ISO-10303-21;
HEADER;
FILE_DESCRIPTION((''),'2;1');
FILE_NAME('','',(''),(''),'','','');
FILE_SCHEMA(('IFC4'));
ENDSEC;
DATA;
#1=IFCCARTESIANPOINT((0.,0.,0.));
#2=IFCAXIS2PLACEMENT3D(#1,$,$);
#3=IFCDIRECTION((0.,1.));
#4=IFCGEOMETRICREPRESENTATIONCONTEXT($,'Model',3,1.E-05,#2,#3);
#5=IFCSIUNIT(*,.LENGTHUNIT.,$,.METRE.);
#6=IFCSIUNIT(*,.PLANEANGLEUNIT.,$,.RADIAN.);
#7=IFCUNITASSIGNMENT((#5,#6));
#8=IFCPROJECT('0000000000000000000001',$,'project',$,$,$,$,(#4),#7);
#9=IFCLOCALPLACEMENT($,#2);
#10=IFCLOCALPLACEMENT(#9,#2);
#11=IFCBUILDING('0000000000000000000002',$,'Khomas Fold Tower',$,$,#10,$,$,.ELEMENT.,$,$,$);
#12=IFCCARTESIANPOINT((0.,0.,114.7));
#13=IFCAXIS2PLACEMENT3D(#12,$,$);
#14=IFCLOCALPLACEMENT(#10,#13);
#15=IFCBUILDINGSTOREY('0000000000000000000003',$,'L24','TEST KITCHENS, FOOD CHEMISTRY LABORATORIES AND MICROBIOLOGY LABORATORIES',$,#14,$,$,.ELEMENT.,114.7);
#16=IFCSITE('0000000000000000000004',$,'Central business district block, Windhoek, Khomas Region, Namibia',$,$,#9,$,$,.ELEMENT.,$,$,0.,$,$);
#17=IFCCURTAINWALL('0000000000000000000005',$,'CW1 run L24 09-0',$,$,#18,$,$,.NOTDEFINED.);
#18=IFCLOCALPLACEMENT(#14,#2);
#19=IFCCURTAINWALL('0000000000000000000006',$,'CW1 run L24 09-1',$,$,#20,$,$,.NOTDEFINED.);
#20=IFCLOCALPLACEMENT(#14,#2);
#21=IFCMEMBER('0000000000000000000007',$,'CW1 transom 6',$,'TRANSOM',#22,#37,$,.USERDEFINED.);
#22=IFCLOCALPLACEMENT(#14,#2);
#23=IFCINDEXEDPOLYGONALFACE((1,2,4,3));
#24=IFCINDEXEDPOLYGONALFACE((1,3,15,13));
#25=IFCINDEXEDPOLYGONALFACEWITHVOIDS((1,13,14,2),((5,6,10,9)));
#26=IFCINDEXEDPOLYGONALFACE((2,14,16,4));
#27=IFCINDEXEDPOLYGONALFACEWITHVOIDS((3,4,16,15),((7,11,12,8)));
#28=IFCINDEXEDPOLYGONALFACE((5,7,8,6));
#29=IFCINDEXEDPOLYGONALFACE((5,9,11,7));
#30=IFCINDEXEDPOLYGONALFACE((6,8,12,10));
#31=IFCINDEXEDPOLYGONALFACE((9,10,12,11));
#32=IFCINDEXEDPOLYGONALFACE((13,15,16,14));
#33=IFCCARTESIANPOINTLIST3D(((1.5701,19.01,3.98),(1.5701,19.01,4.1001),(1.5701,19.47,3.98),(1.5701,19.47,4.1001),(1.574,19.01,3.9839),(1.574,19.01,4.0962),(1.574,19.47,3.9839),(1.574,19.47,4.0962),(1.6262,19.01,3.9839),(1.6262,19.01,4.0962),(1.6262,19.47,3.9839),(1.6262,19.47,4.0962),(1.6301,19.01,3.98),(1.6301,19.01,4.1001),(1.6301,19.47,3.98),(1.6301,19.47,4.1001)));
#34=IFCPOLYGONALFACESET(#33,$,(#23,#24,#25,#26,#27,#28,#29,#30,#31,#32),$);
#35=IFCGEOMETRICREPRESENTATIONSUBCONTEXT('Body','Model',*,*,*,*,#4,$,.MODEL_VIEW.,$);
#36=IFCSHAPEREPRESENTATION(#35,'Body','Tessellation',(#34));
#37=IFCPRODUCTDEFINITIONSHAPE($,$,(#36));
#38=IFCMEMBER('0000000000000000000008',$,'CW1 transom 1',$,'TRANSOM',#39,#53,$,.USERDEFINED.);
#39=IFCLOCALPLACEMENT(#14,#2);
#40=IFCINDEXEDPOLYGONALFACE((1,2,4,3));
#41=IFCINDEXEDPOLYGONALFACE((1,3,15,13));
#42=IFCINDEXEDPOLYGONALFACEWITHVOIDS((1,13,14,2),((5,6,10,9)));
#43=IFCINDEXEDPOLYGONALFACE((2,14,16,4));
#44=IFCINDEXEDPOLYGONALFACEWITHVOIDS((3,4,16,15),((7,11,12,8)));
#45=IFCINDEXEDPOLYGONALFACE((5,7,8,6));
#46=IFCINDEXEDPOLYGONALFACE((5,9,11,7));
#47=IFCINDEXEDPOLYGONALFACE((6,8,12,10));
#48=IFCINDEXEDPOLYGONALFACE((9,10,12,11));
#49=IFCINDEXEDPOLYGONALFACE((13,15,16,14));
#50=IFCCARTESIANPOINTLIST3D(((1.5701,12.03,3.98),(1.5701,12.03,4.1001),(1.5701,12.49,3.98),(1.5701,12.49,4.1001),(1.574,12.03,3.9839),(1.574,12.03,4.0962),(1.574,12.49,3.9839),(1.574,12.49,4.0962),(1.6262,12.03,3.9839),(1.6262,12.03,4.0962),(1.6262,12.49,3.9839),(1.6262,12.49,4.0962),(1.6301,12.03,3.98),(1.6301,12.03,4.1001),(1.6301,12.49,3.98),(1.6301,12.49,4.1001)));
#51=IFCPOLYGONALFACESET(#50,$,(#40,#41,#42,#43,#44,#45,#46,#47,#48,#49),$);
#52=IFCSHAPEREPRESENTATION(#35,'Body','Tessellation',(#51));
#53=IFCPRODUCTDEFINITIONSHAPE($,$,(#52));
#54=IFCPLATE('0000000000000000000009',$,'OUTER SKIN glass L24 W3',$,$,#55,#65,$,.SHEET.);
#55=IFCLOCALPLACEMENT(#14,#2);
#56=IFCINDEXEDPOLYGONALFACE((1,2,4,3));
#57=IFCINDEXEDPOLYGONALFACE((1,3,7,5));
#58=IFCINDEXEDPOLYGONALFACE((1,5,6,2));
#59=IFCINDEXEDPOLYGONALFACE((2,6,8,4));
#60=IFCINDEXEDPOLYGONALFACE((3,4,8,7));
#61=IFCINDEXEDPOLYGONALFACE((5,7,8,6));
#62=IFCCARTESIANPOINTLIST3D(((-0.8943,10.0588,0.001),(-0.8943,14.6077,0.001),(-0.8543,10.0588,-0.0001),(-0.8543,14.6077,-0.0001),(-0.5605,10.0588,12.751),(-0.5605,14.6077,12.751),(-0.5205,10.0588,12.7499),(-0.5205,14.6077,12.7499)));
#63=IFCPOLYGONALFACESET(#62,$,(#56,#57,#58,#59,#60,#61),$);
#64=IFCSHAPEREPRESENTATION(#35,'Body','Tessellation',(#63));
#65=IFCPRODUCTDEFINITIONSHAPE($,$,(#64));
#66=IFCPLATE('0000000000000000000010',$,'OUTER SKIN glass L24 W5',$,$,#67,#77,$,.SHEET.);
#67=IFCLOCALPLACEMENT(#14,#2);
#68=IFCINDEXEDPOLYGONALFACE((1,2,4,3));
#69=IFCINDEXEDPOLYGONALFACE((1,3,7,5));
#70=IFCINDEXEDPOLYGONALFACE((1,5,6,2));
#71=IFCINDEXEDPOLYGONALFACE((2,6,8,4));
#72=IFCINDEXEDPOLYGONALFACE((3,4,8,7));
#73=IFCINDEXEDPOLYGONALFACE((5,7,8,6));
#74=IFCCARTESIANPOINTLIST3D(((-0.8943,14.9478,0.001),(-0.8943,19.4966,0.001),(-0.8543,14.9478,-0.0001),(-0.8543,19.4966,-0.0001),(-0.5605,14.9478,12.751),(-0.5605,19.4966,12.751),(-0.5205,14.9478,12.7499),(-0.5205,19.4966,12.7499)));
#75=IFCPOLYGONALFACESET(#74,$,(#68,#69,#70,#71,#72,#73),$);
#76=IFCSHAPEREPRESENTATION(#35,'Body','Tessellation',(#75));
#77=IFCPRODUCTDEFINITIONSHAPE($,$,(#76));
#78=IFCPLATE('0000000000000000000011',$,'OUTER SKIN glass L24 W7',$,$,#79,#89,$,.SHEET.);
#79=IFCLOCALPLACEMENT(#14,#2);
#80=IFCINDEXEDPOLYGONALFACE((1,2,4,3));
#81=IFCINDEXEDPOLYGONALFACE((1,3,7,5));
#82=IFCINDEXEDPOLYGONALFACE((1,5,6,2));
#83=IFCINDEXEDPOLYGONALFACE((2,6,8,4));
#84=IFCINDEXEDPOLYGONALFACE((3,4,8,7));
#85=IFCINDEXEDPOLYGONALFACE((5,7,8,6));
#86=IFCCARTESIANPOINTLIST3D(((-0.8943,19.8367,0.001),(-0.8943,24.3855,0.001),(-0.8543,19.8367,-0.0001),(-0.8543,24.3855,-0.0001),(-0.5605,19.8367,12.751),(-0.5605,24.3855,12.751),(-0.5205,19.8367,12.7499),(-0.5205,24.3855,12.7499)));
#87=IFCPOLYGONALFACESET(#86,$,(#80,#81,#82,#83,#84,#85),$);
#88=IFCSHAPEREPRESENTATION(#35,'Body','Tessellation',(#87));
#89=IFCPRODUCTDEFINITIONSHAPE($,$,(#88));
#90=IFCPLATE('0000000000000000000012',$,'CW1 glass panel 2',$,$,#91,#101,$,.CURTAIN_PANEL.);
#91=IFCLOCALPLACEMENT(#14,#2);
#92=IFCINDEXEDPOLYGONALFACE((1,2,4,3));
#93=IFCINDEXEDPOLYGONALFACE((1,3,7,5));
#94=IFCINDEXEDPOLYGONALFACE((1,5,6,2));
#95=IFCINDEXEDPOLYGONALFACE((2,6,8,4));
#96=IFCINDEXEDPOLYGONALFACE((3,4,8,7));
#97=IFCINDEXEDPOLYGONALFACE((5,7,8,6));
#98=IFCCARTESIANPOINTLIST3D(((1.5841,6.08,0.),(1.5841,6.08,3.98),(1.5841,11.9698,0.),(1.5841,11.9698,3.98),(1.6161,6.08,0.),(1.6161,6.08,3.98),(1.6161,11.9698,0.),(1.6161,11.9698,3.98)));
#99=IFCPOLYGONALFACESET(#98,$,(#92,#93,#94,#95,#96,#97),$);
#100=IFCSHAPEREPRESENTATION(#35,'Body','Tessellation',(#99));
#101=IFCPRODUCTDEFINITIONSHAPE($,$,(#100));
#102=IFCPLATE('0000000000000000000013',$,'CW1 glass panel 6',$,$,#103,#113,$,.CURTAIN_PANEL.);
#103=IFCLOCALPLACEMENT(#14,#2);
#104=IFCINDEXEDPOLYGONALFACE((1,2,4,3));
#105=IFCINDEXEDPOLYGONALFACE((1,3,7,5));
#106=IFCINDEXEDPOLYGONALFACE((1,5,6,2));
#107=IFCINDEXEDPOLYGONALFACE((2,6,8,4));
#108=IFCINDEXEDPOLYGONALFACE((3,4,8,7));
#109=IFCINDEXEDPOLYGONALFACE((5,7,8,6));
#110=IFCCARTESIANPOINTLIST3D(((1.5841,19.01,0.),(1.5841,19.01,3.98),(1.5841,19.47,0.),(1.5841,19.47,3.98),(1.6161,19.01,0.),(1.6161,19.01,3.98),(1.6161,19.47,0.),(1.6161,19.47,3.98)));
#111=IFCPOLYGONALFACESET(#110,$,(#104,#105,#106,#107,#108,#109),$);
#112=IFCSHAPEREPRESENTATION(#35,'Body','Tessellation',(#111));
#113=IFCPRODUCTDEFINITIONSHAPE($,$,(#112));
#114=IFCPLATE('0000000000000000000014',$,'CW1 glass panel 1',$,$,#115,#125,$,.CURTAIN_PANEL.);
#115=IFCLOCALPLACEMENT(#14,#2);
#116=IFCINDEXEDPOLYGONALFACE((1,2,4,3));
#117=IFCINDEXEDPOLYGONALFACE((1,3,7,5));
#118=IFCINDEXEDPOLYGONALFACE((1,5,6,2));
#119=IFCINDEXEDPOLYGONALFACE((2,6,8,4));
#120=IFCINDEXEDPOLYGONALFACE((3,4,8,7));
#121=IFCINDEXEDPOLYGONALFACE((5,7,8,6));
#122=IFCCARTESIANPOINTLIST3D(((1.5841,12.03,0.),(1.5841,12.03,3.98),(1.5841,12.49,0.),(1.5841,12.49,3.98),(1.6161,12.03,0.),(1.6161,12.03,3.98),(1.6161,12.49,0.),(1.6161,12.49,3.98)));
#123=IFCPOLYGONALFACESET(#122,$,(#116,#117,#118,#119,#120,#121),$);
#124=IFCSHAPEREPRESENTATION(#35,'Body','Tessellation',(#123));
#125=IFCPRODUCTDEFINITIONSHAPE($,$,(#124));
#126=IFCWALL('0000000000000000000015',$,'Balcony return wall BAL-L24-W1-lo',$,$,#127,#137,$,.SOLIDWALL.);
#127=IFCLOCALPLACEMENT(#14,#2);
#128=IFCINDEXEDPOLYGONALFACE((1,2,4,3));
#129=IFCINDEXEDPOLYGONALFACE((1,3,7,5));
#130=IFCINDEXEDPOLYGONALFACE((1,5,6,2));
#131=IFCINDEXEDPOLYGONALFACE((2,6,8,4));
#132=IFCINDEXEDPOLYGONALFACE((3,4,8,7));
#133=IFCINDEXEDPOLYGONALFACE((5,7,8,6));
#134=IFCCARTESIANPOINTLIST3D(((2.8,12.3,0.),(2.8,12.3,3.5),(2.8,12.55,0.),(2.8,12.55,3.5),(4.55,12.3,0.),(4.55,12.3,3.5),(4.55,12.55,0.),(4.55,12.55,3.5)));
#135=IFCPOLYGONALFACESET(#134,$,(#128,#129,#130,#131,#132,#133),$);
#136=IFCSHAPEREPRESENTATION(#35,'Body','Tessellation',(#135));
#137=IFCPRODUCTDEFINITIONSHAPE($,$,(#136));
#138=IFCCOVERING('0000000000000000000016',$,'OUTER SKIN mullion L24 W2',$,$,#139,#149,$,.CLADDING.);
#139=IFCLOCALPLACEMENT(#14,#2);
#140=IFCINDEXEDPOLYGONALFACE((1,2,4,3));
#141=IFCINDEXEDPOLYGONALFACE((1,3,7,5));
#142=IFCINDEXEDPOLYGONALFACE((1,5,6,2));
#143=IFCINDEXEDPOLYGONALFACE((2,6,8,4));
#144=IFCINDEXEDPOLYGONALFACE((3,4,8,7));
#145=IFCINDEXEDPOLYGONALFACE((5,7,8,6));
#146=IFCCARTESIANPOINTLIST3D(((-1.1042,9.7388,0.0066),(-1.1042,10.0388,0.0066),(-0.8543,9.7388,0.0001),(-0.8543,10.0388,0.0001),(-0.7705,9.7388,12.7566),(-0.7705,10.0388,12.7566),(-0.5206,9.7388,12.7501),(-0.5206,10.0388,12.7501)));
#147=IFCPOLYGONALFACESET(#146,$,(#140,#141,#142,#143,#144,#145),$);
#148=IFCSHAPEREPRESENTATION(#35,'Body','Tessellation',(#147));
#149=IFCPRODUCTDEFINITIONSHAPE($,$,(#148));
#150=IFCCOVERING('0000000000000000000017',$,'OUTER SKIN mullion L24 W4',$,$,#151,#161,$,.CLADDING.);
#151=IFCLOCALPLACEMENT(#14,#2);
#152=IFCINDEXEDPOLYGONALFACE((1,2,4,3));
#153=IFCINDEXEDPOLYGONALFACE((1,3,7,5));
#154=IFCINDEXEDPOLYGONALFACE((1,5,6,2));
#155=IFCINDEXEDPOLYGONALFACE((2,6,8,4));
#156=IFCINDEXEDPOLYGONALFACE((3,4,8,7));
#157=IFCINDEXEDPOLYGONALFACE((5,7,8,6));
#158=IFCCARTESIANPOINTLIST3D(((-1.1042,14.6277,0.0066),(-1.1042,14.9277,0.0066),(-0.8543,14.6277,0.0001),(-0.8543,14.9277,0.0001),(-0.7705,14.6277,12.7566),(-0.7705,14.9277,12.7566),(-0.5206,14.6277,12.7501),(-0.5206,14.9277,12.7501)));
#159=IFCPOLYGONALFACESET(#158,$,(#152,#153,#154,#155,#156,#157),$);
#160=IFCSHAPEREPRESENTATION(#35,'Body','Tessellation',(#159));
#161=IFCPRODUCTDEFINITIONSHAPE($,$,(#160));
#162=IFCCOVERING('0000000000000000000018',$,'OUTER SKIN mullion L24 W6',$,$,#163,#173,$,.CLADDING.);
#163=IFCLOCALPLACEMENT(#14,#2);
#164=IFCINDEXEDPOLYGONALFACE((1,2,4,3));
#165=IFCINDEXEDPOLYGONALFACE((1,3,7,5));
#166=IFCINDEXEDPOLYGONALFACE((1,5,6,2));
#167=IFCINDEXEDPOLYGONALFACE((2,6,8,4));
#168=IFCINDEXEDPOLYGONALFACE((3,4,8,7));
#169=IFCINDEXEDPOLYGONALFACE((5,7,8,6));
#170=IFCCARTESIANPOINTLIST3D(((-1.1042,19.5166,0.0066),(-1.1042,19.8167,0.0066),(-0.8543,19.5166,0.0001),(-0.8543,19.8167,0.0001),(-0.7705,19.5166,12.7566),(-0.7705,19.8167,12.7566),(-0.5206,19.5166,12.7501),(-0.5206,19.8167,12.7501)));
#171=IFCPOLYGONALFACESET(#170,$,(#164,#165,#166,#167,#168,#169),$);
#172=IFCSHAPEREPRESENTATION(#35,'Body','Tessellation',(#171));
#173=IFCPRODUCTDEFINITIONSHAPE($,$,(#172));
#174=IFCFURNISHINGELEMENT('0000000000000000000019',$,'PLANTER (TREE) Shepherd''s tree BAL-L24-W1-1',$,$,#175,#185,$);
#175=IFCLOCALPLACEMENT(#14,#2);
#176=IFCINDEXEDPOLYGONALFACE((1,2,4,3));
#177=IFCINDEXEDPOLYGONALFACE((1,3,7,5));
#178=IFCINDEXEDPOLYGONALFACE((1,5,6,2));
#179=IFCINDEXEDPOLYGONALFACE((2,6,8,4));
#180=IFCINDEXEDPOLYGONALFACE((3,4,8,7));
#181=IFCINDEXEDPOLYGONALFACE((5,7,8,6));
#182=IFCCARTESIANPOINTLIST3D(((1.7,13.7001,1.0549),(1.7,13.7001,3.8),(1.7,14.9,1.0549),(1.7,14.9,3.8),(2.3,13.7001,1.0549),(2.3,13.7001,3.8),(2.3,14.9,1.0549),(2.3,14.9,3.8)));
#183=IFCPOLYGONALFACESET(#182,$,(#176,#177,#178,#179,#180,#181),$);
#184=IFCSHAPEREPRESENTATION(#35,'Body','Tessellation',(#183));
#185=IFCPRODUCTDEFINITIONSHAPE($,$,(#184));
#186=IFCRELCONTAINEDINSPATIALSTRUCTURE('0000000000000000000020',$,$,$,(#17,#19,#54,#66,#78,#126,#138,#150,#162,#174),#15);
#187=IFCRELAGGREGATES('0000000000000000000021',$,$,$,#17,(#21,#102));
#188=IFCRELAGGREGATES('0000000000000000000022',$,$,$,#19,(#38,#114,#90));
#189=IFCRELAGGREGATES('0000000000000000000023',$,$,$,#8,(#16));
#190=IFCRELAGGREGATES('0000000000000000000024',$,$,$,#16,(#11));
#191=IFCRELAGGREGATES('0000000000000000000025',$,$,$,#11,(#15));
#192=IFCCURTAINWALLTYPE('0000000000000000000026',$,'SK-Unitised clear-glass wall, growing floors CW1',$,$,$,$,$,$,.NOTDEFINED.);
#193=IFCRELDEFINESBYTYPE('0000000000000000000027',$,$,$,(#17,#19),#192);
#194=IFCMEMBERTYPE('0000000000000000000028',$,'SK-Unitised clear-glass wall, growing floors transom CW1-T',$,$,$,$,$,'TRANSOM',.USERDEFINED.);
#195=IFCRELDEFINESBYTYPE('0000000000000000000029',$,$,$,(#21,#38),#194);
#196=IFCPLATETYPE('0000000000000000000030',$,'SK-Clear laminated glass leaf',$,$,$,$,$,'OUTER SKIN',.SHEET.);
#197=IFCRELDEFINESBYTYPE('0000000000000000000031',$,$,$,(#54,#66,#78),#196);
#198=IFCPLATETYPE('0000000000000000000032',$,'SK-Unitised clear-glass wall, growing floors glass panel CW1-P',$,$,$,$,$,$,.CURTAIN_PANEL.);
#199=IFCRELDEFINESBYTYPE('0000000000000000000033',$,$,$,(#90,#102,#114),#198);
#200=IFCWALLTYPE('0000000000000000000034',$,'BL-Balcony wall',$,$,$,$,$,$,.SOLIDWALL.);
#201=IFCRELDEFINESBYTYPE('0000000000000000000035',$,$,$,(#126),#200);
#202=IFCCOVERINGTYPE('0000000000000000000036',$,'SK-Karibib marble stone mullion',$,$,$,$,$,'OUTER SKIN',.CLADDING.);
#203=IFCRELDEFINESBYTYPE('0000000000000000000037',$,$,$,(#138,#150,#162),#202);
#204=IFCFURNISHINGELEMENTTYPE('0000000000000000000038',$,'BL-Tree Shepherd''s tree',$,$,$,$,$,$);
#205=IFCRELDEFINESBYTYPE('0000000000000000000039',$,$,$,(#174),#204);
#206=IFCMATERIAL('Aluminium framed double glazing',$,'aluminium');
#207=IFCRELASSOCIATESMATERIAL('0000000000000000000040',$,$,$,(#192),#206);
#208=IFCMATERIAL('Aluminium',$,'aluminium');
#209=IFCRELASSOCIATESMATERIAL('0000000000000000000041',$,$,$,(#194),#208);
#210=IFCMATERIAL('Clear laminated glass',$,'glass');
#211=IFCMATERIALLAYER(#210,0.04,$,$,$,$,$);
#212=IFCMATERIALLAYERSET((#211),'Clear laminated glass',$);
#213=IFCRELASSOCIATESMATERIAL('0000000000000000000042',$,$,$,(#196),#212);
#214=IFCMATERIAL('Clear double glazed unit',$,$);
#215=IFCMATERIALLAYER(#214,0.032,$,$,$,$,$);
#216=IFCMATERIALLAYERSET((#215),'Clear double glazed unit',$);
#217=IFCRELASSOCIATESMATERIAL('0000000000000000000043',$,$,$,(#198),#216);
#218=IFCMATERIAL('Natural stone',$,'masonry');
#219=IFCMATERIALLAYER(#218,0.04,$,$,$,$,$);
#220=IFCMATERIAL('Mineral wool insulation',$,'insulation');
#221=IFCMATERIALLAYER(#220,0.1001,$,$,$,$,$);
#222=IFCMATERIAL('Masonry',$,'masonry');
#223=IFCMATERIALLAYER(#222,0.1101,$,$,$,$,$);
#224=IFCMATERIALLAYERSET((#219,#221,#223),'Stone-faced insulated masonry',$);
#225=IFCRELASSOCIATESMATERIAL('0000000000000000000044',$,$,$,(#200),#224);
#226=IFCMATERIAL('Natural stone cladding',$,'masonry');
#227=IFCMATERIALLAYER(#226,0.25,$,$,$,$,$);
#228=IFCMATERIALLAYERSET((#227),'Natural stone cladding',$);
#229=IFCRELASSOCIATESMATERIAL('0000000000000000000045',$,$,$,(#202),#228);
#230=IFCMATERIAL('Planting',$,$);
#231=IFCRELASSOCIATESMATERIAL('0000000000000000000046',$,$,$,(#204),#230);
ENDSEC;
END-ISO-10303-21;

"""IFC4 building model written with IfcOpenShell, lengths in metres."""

from ifc_helpers import new_model, si_unit, direction, frame, frame_2d, origin, origin_2d, place, context, subcontext, project, spatial, polyline, rectangle, hollow_rectangle, outline, extrude, source, transform, mapped, material, layer, layer_set, material_profile, profile_set, type_object, element, aggregate, save


model = new_model("IFC4")

# Units and contexts
model_context = context("Model", 3, precision=1e-05, world=origin(), true_north=direction((0.0, 1.0)))
body_context = subcontext(model_context, "Body", "Model", "MODEL_VIEW")
ifc_project = project(units=[si_unit("LENGTHUNIT", "METRE"), si_unit("PLANEANGLEUNIT", "RADIAN")], contexts=[model_context])

# Site, building, storey
site_placement = place(None, origin())
site = spatial("IfcSite", under=ifc_project, at=site_placement, Name="Central business district block, Windhoek, Khomas Region, Namibia", CompositionType="ELEMENT", RefElevation=0.0)
building_placement = place(site_placement, origin())
building = spatial("IfcBuilding", under=site, at=building_placement, Name="Khomas Fold Tower", CompositionType="ELEMENT")
storey_placement = place(building_placement, frame((0.0, 0.0, 114.7)))
storey = spatial("IfcBuildingStorey", under=building, at=storey_placement, Name="L24", Description="TEST KITCHENS, FOOD CHEMISTRY LABORATORIES AND MICROBIOLOGY LABORATORIES", CompositionType="ELEMENT", Elevation=114.7)

# Curtain walls
ifc_material_1 = material(Name="Aluminium framed double glazing", Category="aluminium")
curtain_wall_type = type_object("IfcCurtainWallType", Name="SK-Unitised clear-glass wall, growing floors CW1", PredefinedType="NOTDEFINED", material=ifc_material_1)
curtain_wall_1_placement = place(storey_placement, origin())
curtain_wall_1 = element("IfcCurtainWall", 1, at=curtain_wall_1_placement, inside=storey, type_object=curtain_wall_type, Name="CW1 run L24 09-0", PredefinedType="NOTDEFINED")
curtain_wall_2_placement = place(storey_placement, origin())
curtain_wall_2 = element("IfcCurtainWall", 2, at=curtain_wall_2_placement, inside=storey, type_object=curtain_wall_type, Name="CW1 run L24 09-1", PredefinedType="NOTDEFINED")
ifc_material_2 = material(Name="Aluminium", Category="aluminium")
ifc_material_profile_1 = material_profile(ifc_material_2, hollow_rectangle(XDim=0.0601, YDim=0.1201, WallThickness=0.0039, at=origin_2d()), Name="SK-Unitised clear-glass wall, growing floors transom CW1-T")
ifc_profile_set_1 = profile_set([ifc_material_profile_1], Name="Aluminium")
member_type_1 = type_object("IfcMemberType", Name="SK-Unitised clear-glass wall, growing floors transom CW1-T", ElementType="TRANSOM", PredefinedType="USERDEFINED", material=ifc_profile_set_1)

# Members
shared_shape_1 = source(origin(), body_context, "Body", "SweptSolid", [
    extrude(hollow_rectangle(XDim=0.0601, YDim=0.1201, WallThickness=0.0039, at=origin_2d()), origin(), (0.0, 0.0, 1.0), 0.46),
])
member_1_placement = place(storey_placement, frame((1.6001, 19.47, 4.04), z_axis=(0.0, -1.0, 0.0), x_axis=(1.0, 0.0, 0.0)))
member_1 = element("IfcMember", 3, at=member_1_placement, type_object=member_type_1, Name="CW1 transom 6", ObjectType="TRANSOM", PredefinedType="USERDEFINED", context=body_context, shape_type="MappedRepresentation", body=[
    mapped(shared_shape_1, transform((0.0, 0.0, 0.0))),
])
member_2_placement = place(storey_placement, frame((1.6001, 12.49, 4.04), z_axis=(0.0, -1.0, 0.0), x_axis=(1.0, 0.0, 0.0)))
member_2 = element("IfcMember", 4, at=member_2_placement, type_object=member_type_1, Name="CW1 transom 1", ObjectType="TRANSOM", PredefinedType="USERDEFINED", context=body_context, shape_type="MappedRepresentation", body=[
    mapped(shared_shape_1, transform((0.0, 0.0, 0.0))),
])

# Plates
ifc_material_3 = material(Name="Clear laminated glass", Category="glass")
ifc_layer_1 = layer(ifc_material_3, 0.04)
ifc_layer_set_1 = layer_set([ifc_layer_1], Name="Clear laminated glass")
plate_type_1 = type_object("IfcPlateType", Name="SK-Clear laminated glass leaf", ElementType="OUTER SKIN", PredefinedType="SHEET", material=ifc_layer_set_1)
for number, where, z_axis, x_axis, name in (
    (5, (-0.8943, 10.0588, 0.001), (-0.999658, 0.0, 0.026167), (0.0, 1.0, 0.0), "OUTER SKIN glass L24 W3"),
    (6, (-0.8943, 14.9478, 0.001), (-0.999658, 0.0, 0.026167), (0.0, 1.0, 0.0), "OUTER SKIN glass L24 W5"),
    (7, (-0.8943, 19.8367, 0.001), (-0.999658, 0.0, 0.026167), (0.0, 1.0, 0.0), "OUTER SKIN glass L24 W7"),
):
    element("IfcPlate", number, at=place(storey_placement, frame(where, z_axis=z_axis, x_axis=x_axis)), inside=storey, type_object=plate_type_1, Name=name, PredefinedType="SHEET", context=body_context, shape_type="SweptSolid", body=[
        extrude(outline(polyline([(0.0, 0.0), (4.5488, 0.0), (4.5488, -12.7544), (0.0, -12.7544), (0.0, 0.0)])), origin(), (0.0, 0.0, -1.0), 0.04),
    ])

# Plates
ifc_material_4 = material(Name="Clear double glazed unit")
ifc_layer_2 = layer(ifc_material_4, 0.032)
ifc_layer_set_2 = layer_set([ifc_layer_2], Name="Clear double glazed unit")
plate_type_2 = type_object("IfcPlateType", Name="SK-Unitised clear-glass wall, growing floors glass panel CW1-P", PredefinedType="CURTAIN_PANEL", material=ifc_layer_set_2)
shared_shape_2 = source(origin(), body_context, "Body", "SweptSolid", [
    extrude(rectangle(XDim=5.8899, YDim=0.032, at=origin_2d()), origin(), (0.0, 0.0, 1.0), 3.98),
])
plate_1_placement = place(storey_placement, frame((1.6001, 9.0249, 0.0), z_axis=(0.0, 0.0, 1.0), x_axis=(0.0, -1.0, 0.0)))
plate_1 = element("IfcPlate", 8, at=plate_1_placement, type_object=plate_type_2, Name="CW1 glass panel 2", PredefinedType="CURTAIN_PANEL", context=body_context, shape_type="MappedRepresentation", body=[
    mapped(shared_shape_2, transform((0.0, 0.0, 0.0))),
])
shared_shape_3 = source(origin(), body_context, "Body", "SweptSolid", [
    extrude(rectangle(XDim=0.46, YDim=0.032, at=origin_2d()), origin(), (0.0, 0.0, 1.0), 3.98),
])
plate_2_placement = place(storey_placement, frame((1.6001, 19.24, 0.0), z_axis=(0.0, 0.0, 1.0), x_axis=(0.0, -1.0, 0.0)))
plate_2 = element("IfcPlate", 9, at=plate_2_placement, type_object=plate_type_2, Name="CW1 glass panel 6", PredefinedType="CURTAIN_PANEL", context=body_context, shape_type="MappedRepresentation", body=[
    mapped(shared_shape_3, transform((0.0, 0.0, 0.0))),
])
aggregate(curtain_wall_1, [member_1, plate_2])
plate_3_placement = place(storey_placement, frame((1.6001, 12.26, 0.0), z_axis=(0.0, 0.0, 1.0), x_axis=(0.0, -1.0, 0.0)))
plate_3 = element("IfcPlate", 10, at=plate_3_placement, type_object=plate_type_2, Name="CW1 glass panel 1", PredefinedType="CURTAIN_PANEL", context=body_context, shape_type="MappedRepresentation", body=[
    mapped(shared_shape_3, transform((0.0, 0.0, 0.0))),
])
aggregate(curtain_wall_2, [member_2, plate_3, plate_1])

# Wall
ifc_material_5 = material(Name="Natural stone", Category="masonry")
ifc_layer_3 = layer(ifc_material_5, 0.04)
ifc_material_6 = material(Name="Mineral wool insulation", Category="insulation")
ifc_layer_4 = layer(ifc_material_6, 0.1001)
ifc_material_7 = material(Name="Masonry", Category="masonry")
ifc_layer_5 = layer(ifc_material_7, 0.1101)
ifc_layer_set_3 = layer_set([ifc_layer_3, ifc_layer_4, ifc_layer_5], Name="Stone-faced insulated masonry")
wall_type = type_object("IfcWallType", Name="BL-Balcony wall", PredefinedType="SOLIDWALL", material=ifc_layer_set_3)
shared_shape_4 = source(origin(), body_context, "Body", "SweptSolid", [
    extrude(rectangle(XDim=1.75, YDim=0.25, at=frame_2d((0.875, 0.0))), origin(), (0.0, 0.0, 1.0), 3.5),
])
wall_placement = place(storey_placement, frame((2.8, 12.425, 0.0), z_axis=(0.0, 0.0, 1.0), x_axis=(1.0, 0.0, 0.0)))
element("IfcWall", 11, at=wall_placement, inside=storey, type_object=wall_type, Name="Balcony return wall BAL-L24-W1-lo", PredefinedType="SOLIDWALL", context=body_context, shape_type="MappedRepresentation", body=[
    mapped(shared_shape_4, transform((0.0, 0.0, 0.0))),
])

# Coverings
ifc_material_8 = material(Name="Natural stone cladding", Category="masonry")
ifc_layer_6 = layer(ifc_material_8, 0.25)
ifc_layer_set_4 = layer_set([ifc_layer_6], Name="Natural stone cladding")
covering_type = type_object("IfcCoveringType", Name="SK-Karibib marble stone mullion", ElementType="OUTER SKIN", PredefinedType="CLADDING", material=ifc_layer_set_4)
for number, where, z_axis, x_axis, name in (
    (12, (-1.1042, 9.7388, 0.0066), (-0.999658, 0.0, 0.026167), (0.0, 1.0, 0.0), "OUTER SKIN mullion L24 W2"),
    (13, (-1.1042, 14.6277, 0.0066), (-0.999658, 0.0, 0.026167), (0.0, 1.0, 0.0), "OUTER SKIN mullion L24 W4"),
    (14, (-1.1042, 19.5166, 0.0066), (-0.999658, 0.0, 0.026167), (0.0, 1.0, 0.0), "OUTER SKIN mullion L24 W6"),
):
    element("IfcCovering", number, at=place(storey_placement, frame(where, z_axis=z_axis, x_axis=x_axis)), inside=storey, type_object=covering_type, Name=name, PredefinedType="CLADDING", context=body_context, shape_type="SweptSolid", body=[
        extrude(outline(polyline([(0.0, 0.0), (0.3, 0.0), (0.3, -12.7544), (0.0, -12.7544), (0.0, 0.0)])), origin(), (0.0, 0.0, -1.0), 0.25),
    ])

# Furnishing element
ifc_material_9 = material(Name="Planting")
furnishing_element_type_1 = type_object("IfcFurnishingElementType", Name="BL-Tree Shepherd's tree", material=ifc_material_9)
shared_shape_5 = source(origin(), body_context, "Body", "SweptSolid", [
    extrude(rectangle(XDim=1.2, YDim=0.6001, at=origin_2d()), origin(), (0.0, 0.0, 1.0), 2.7451),
])
furnishing_1_placement = place(storey_placement, frame((2.0, 14.3, 1.0549), z_axis=(0.0, 0.0, 1.0), x_axis=(0.0, 1.0, 0.0)))
element("IfcFurnishingElement", 15, at=furnishing_1_placement, inside=storey, type_object=furnishing_element_type_1, Name="PLANTER (TREE) Shepherd's tree BAL-L24-W1-1", context=body_context, shape_type="MappedRepresentation", body=[
    mapped(shared_shape_5, transform((0.0, 0.0, 0.0))),
])

save(model, "model.ifc")
